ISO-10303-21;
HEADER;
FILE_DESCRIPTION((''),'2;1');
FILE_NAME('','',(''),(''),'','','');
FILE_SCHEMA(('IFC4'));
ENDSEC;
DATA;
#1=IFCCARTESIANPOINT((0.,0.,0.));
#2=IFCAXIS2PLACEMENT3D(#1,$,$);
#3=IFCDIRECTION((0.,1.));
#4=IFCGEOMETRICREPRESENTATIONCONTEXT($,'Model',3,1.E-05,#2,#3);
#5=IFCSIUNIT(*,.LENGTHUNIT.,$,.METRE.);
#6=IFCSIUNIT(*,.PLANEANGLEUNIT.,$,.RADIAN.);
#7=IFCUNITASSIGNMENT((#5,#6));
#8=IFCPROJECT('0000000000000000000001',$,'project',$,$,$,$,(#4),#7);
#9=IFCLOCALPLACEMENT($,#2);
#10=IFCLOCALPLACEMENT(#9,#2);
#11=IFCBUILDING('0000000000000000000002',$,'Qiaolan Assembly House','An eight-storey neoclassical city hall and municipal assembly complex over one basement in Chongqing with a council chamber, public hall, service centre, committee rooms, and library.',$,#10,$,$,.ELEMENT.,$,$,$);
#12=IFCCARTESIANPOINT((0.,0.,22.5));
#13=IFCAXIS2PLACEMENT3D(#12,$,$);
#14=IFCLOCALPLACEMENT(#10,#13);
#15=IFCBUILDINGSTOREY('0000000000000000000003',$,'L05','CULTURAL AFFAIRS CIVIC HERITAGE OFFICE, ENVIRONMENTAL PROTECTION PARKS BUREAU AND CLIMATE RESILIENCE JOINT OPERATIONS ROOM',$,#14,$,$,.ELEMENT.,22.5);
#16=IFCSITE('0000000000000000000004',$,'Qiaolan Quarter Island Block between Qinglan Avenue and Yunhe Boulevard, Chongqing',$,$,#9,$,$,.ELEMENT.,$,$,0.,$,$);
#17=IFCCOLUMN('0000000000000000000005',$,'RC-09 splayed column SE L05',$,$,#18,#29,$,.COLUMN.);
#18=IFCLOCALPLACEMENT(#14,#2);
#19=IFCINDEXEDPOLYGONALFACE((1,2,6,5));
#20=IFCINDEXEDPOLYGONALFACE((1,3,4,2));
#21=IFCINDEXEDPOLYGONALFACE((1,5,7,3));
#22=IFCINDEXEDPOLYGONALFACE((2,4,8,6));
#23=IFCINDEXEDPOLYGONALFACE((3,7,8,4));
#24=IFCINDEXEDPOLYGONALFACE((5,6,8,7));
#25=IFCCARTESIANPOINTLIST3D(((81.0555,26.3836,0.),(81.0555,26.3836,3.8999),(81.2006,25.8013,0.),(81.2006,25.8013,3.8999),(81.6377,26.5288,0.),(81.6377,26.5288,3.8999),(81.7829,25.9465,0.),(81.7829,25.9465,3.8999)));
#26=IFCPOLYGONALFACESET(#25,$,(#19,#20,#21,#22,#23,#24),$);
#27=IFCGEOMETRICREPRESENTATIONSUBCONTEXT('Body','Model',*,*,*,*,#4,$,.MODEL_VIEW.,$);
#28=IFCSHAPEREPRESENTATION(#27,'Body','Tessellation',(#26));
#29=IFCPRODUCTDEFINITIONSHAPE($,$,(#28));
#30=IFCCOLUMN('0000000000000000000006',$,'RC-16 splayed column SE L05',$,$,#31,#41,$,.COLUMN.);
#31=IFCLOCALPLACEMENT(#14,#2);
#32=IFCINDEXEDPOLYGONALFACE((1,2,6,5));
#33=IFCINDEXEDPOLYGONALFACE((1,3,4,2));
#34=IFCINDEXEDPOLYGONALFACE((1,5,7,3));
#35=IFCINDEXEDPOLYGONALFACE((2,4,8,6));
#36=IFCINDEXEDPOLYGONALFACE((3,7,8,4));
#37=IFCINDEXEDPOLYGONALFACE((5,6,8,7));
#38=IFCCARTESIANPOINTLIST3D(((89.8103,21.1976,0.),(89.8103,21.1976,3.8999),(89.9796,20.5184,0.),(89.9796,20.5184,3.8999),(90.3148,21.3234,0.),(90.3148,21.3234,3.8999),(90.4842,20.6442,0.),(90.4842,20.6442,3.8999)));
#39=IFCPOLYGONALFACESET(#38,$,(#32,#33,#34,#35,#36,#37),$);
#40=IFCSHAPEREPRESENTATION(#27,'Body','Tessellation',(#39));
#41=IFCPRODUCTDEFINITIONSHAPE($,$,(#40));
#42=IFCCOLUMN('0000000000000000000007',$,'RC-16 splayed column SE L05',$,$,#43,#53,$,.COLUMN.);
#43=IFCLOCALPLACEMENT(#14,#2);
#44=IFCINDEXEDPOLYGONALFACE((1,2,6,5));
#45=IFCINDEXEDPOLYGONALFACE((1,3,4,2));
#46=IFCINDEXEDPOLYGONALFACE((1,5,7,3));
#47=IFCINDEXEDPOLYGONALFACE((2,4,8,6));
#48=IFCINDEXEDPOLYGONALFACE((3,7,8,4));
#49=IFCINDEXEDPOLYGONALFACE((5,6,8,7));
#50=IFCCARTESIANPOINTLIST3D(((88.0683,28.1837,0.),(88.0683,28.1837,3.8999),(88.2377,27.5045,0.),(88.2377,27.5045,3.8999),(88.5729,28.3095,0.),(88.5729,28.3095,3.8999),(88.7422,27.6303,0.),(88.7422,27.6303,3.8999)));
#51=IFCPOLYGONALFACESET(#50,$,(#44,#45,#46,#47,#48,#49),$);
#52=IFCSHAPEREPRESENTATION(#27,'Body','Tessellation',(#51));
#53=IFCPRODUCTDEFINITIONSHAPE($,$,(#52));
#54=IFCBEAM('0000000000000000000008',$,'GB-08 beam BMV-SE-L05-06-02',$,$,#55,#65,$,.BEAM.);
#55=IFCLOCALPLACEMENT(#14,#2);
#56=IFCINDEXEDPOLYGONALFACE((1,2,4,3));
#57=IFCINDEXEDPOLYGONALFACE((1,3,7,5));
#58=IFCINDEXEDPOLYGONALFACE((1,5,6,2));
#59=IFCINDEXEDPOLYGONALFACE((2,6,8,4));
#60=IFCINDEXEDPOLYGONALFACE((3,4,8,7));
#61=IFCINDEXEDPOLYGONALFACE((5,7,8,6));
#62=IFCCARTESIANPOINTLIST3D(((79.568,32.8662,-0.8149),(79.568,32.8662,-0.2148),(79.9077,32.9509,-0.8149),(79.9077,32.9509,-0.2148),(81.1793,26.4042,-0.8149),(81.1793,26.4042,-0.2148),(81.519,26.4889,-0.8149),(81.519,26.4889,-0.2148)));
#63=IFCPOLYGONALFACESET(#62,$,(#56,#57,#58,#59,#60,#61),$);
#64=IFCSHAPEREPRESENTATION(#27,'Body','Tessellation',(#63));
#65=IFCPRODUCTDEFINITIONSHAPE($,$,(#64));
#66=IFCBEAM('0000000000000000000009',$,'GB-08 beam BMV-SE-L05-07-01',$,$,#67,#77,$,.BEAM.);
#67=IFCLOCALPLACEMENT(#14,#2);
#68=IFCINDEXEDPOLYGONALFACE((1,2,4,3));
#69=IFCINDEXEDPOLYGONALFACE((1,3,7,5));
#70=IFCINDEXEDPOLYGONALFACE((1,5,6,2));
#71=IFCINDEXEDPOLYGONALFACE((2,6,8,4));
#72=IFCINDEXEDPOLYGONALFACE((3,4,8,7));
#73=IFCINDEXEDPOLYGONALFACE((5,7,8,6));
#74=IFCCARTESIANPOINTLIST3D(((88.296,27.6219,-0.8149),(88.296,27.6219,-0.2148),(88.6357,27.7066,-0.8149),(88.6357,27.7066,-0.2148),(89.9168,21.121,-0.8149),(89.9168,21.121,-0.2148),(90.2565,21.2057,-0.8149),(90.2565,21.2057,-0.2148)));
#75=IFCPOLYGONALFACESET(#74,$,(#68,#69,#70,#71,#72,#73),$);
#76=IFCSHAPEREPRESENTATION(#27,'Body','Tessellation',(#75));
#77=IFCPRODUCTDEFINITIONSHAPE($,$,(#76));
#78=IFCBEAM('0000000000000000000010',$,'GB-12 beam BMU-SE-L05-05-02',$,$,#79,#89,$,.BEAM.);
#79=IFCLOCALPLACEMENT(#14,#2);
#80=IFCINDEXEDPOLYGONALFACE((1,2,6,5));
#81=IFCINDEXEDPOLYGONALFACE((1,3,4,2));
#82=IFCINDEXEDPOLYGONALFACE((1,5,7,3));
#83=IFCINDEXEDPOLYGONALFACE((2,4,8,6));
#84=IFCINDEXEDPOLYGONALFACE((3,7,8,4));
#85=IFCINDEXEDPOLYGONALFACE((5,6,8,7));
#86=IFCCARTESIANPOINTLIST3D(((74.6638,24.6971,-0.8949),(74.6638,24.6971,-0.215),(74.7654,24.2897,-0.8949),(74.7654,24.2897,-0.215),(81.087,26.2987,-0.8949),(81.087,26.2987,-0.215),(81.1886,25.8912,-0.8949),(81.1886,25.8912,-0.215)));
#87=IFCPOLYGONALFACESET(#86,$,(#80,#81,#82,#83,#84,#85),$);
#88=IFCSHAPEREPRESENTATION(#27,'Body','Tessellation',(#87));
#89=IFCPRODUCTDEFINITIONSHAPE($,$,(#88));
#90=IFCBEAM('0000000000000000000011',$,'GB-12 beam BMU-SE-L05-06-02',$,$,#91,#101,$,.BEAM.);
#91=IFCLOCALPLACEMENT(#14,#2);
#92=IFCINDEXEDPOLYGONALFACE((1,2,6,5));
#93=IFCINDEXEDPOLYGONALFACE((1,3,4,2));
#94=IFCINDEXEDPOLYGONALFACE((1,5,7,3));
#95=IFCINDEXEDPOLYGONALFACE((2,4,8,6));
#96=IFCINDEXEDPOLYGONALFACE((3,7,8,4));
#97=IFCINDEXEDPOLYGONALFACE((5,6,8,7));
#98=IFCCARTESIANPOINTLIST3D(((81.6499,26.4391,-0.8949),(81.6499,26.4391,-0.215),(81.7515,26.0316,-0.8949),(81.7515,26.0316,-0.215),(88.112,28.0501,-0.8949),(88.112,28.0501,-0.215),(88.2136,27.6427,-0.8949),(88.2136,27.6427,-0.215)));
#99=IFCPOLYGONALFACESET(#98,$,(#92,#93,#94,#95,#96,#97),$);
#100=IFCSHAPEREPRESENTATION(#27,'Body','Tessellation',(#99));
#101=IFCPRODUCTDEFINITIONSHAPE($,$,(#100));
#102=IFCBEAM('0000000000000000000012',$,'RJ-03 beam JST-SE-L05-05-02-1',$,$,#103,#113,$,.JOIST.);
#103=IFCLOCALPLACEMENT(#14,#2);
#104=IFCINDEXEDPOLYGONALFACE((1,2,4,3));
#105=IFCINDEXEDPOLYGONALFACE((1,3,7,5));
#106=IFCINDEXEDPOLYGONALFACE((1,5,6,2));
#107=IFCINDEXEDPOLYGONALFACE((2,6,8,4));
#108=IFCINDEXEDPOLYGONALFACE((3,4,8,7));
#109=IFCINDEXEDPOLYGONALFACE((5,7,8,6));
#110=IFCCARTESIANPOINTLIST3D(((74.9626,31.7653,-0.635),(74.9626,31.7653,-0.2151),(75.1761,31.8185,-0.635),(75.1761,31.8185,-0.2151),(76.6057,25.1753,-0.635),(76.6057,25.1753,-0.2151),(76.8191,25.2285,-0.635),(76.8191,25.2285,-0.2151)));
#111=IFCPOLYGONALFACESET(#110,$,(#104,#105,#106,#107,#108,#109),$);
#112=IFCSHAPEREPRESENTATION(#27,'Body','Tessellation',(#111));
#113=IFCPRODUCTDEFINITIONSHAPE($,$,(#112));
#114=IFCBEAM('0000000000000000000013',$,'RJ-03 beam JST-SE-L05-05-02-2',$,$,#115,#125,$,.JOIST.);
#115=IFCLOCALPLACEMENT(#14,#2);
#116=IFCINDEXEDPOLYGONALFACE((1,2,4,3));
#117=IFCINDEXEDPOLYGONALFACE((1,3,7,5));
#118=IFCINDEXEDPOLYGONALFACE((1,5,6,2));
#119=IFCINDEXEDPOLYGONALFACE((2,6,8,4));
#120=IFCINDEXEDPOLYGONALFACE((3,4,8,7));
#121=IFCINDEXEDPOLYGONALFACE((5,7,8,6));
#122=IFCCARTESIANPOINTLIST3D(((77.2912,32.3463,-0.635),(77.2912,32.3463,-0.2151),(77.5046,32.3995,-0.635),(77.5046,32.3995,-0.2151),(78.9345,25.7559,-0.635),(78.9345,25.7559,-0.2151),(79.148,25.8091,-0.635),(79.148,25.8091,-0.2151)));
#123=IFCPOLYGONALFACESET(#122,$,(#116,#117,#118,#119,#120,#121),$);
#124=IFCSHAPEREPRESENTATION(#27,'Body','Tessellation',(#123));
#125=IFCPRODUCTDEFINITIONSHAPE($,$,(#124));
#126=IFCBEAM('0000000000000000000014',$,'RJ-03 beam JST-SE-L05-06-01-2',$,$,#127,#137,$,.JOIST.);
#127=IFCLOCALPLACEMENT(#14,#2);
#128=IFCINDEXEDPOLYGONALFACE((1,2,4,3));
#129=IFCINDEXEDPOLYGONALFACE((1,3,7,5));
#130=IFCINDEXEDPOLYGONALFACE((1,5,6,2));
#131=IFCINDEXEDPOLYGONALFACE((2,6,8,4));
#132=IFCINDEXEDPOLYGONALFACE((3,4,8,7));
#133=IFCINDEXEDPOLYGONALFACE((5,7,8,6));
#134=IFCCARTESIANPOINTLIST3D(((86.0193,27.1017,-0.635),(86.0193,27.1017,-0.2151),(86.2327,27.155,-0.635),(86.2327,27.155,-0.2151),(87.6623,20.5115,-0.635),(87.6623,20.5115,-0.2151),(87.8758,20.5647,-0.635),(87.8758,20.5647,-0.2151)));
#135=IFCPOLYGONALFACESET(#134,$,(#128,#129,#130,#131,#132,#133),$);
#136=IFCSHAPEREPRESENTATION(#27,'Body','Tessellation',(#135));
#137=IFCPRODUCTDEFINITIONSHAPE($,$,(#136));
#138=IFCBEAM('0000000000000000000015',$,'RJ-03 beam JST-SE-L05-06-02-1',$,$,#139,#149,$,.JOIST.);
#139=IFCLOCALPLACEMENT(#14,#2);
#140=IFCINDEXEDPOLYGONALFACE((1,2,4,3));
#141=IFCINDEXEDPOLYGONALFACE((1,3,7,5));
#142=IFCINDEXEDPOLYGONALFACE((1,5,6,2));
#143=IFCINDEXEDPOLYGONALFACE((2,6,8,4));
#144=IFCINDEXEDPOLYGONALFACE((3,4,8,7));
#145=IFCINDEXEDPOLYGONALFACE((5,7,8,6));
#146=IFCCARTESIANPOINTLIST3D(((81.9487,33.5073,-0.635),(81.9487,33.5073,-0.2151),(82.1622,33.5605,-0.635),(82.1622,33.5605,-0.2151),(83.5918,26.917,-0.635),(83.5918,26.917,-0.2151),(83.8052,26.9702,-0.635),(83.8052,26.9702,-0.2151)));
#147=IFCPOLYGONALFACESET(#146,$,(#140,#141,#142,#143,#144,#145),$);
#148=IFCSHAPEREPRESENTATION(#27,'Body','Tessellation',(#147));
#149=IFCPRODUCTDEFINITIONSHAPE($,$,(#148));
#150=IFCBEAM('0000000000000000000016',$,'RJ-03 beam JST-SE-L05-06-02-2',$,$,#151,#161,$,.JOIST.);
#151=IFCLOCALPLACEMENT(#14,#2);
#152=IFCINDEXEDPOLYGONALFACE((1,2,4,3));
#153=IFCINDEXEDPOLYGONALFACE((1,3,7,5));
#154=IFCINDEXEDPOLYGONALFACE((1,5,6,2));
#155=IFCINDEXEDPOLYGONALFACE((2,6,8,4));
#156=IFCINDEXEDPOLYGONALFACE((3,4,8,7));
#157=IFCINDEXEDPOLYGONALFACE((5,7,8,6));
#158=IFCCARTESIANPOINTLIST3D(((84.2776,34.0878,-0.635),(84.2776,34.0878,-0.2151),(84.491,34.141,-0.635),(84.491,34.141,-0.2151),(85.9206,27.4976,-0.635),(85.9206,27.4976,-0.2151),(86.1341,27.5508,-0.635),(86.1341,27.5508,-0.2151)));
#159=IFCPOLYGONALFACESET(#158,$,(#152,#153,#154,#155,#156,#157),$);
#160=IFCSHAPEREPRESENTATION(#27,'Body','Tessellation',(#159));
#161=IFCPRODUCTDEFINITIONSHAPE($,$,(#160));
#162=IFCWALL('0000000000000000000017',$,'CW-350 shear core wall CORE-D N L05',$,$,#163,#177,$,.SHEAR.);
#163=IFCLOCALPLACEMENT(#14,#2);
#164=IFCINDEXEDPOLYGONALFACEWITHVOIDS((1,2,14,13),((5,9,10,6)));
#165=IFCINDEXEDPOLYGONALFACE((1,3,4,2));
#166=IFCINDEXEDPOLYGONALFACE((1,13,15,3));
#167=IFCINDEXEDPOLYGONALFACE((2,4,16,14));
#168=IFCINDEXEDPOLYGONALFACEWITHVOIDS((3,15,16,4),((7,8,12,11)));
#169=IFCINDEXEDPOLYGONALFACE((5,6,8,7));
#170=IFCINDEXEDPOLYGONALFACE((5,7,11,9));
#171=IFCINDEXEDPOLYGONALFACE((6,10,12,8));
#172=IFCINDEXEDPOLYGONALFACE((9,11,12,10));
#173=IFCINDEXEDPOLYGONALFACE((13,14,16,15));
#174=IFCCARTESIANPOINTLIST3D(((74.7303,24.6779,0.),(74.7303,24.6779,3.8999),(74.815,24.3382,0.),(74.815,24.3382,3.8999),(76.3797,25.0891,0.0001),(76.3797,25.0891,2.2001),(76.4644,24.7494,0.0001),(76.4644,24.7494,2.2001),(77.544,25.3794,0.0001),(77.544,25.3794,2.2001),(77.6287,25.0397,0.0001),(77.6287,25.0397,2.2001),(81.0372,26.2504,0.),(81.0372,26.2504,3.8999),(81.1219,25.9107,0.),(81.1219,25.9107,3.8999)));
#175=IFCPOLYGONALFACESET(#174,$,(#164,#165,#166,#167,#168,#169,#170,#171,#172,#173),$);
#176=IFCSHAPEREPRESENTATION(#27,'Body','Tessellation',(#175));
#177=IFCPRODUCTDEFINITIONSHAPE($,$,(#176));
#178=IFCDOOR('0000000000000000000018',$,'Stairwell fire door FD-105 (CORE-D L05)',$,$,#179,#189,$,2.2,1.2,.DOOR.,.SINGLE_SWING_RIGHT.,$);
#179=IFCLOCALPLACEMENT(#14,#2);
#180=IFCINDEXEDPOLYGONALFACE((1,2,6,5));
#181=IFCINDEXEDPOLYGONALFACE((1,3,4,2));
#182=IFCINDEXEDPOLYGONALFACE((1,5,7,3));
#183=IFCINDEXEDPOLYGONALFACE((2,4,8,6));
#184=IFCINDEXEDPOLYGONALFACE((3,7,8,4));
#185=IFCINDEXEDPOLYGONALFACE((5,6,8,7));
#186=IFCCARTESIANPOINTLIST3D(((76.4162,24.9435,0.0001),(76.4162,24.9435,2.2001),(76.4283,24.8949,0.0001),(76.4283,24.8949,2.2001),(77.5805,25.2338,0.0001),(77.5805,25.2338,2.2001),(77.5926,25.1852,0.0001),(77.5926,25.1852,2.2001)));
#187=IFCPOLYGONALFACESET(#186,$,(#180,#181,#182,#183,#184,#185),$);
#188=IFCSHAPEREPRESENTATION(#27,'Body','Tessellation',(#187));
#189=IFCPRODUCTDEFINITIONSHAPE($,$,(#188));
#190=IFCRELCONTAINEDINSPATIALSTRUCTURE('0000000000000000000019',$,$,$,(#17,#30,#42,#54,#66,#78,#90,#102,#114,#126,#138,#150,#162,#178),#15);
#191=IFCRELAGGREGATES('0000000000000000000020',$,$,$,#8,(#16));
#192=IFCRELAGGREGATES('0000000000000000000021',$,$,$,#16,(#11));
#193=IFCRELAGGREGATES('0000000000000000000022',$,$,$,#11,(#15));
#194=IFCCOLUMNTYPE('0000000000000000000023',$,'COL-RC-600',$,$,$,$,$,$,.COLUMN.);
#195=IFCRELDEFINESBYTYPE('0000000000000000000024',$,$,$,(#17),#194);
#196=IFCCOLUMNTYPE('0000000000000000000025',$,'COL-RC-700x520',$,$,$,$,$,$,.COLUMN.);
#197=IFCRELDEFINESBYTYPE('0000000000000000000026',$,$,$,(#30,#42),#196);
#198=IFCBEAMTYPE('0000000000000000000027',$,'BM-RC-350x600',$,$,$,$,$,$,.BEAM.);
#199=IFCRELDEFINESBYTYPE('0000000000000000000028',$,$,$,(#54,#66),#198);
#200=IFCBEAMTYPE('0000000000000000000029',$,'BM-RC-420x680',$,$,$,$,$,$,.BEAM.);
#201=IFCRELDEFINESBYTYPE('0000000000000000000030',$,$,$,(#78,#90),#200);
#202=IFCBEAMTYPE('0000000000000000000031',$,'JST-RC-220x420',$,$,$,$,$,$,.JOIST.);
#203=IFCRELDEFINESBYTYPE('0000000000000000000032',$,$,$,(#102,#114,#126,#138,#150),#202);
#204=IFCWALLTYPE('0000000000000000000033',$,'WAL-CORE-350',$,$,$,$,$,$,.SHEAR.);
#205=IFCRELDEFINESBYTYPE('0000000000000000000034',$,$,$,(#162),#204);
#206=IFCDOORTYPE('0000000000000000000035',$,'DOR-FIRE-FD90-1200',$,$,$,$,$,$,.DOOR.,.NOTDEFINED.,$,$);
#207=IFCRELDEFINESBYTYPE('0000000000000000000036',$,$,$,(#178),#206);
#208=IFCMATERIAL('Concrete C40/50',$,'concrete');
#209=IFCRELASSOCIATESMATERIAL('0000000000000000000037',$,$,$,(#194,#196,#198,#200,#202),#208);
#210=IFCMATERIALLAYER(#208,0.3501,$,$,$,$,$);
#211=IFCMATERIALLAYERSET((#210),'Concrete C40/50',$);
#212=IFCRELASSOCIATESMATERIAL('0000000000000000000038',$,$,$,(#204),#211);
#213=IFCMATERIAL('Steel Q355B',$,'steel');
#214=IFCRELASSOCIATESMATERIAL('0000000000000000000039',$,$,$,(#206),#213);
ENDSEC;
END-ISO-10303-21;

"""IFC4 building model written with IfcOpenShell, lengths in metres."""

from ifc_helpers import new_model, si_unit, direction, frame, frame_2d, origin, origin_2d, place, context, subcontext, project, spatial, rectangle, extrude, material, layer, layer_set, material_profile, profile_set, type_object, element, fill, save


model = new_model("IFC4")

# Units and contexts
model_context = context("Model", 3, precision=1e-05, world=origin(), true_north=direction((0.0, 1.0)))
body_context = subcontext(model_context, "Body", "Model", "MODEL_VIEW")
ifc_project = project(units=[si_unit("LENGTHUNIT", "METRE"), si_unit("PLANEANGLEUNIT", "RADIAN")], contexts=[model_context])

# Site, building, storey
site_placement = place(None, origin())
site = spatial("IfcSite", under=ifc_project, at=site_placement, Name="Qiaolan Quarter Island Block between Qinglan Avenue and Yunhe Boulevard, Chongqing", CompositionType="ELEMENT", RefElevation=0.0)
building_placement = place(site_placement, origin())
building = spatial("IfcBuilding", under=site, at=building_placement, Name="Qiaolan Assembly House", Description="An eight-storey neoclassical city hall and municipal assembly complex over one basement in Chongqing with a council chamber, public hall, service centre, committee rooms, and library.", CompositionType="ELEMENT")
storey_placement = place(building_placement, frame((0.0, 0.0, 22.5)))
storey = spatial("IfcBuildingStorey", under=building, at=storey_placement, Name="L05", Description="CULTURAL AFFAIRS CIVIC HERITAGE OFFICE, ENVIRONMENTAL PROTECTION PARKS BUREAU AND CLIMATE RESILIENCE JOINT OPERATIONS ROOM", CompositionType="ELEMENT", Elevation=22.5)

# Columns
ifc_material_1 = material(Name="Concrete C40/50", Category="concrete")
ifc_material_profile_1 = material_profile(ifc_material_1, rectangle(XDim=0.6001, YDim=0.6001, at=origin_2d()), Name="RC 600x600")
ifc_profile_set_1 = profile_set([ifc_material_profile_1], Name="Concrete C40/50")
column_type_1 = type_object("IfcColumnType", Name="COL-RC-600", PredefinedType="COLUMN", material=ifc_profile_set_1)
column_placement = place(storey_placement, frame((81.4192, 26.165, 0.0), z_axis=(0.0, 0.0, 1.0), x_axis=(0.970296, 0.241922, 0.0)))
element("IfcColumn", 1, at=column_placement, inside=storey, type_object=column_type_1, Name="RC-09 splayed column SE L05", PredefinedType="COLUMN", context=body_context, shape_type="SweptSolid", body=[
    extrude(rectangle(XDim=0.6001, YDim=0.6001, at=origin_2d()), origin(), (0.0, 0.0, 1.0), 3.8999),
])
ifc_material_profile_2 = material_profile(ifc_material_1, rectangle(XDim=0.52, YDim=0.7, at=origin_2d()), Name="RC 700x520")
ifc_profile_set_2 = profile_set([ifc_material_profile_2], Name="Concrete C40/50")
column_type_2 = type_object("IfcColumnType", Name="COL-RC-700x520", PredefinedType="COLUMN", material=ifc_profile_set_2)
for number, where, z_axis, x_axis, name in (
    (2, (90.1472, 20.9209, 0.0), (0.0, 0.0, 1.0), (0.970296, 0.241922, 0.0), "RC-16 splayed column SE L05"),
    (3, (88.4053, 27.907, 0.0), (0.0, 0.0, 1.0), (0.970296, 0.241922, 0.0), "RC-16 splayed column SE L05"),
):
    element("IfcColumn", number, at=place(storey_placement, frame(where, z_axis=z_axis, x_axis=x_axis)), inside=storey, type_object=column_type_2, Name=name, PredefinedType="COLUMN", context=body_context, shape_type="SweptSolid", body=[
        extrude(rectangle(XDim=0.52, YDim=0.7, at=origin_2d()), origin(), (0.0, 0.0, 1.0), 3.8999),
    ])

# Beams
ifc_material_profile_3 = material_profile(ifc_material_1, rectangle(XDim=0.3501, YDim=0.6001, at=origin_2d()), Name="RCB 350x600")
ifc_profile_set_3 = profile_set([ifc_material_profile_3], Name="Concrete C40/50")
beam_type_1 = type_object("IfcBeamType", Name="BM-RC-350x600", PredefinedType="BEAM", material=ifc_profile_set_3)
beam_1_placement = place(storey_placement, frame((81.3491, 26.4465, -0.5149), z_axis=(-0.24194, 0.970291, 0.0), x_axis=(-0.970291, -0.24194, 0.0)))
element("IfcBeam", 4, at=beam_1_placement, inside=storey, type_object=beam_type_1, Name="GB-08 beam BMV-SE-L05-06-02", PredefinedType="BEAM", context=body_context, shape_type="SweptSolid", body=[
    extrude(rectangle(XDim=0.3501, YDim=0.6001, at=origin_2d()), origin(), (0.0, 0.0, 1.0), 6.6599),
])
beam_2_placement = place(storey_placement, frame((90.0867, 21.1633, -0.5149), z_axis=(-0.241918, 0.970297, 0.0), x_axis=(-0.970297, -0.241918, 0.0)))
element("IfcBeam", 5, at=beam_2_placement, inside=storey, type_object=beam_type_1, Name="GB-08 beam BMV-SE-L05-07-01", PredefinedType="BEAM", context=body_context, shape_type="SweptSolid", body=[
    extrude(rectangle(XDim=0.3501, YDim=0.6001, at=origin_2d()), origin(), (0.0, 0.0, 1.0), 6.7),
])
ifc_material_profile_4 = material_profile(ifc_material_1, rectangle(XDim=0.4199, YDim=0.6799, at=origin_2d()), Name="RCB 420x680")
ifc_profile_set_4 = profile_set([ifc_material_profile_4], Name="Concrete C40/50")
beam_type_2 = type_object("IfcBeamType", Name="BM-RC-420x680", PredefinedType="BEAM", material=ifc_profile_set_4)
beam_3_placement = place(storey_placement, frame((74.7146, 24.4934, -0.5549), z_axis=(0.970294, 0.241928, 0.0), x_axis=(-0.241928, 0.970294, 0.0)))
element("IfcBeam", 6, at=beam_3_placement, inside=storey, type_object=beam_type_2, Name="GB-12 beam BMU-SE-L05-05-02", PredefinedType="BEAM", context=body_context, shape_type="SweptSolid", body=[
    extrude(rectangle(XDim=0.4199, YDim=0.6799, at=origin_2d()), origin(), (0.0, 0.0, 1.0), 6.6199),
])
beam_4_placement = place(storey_placement, frame((81.7007, 26.2354, -0.5549), z_axis=(0.9703, 0.241906, 0.0), x_axis=(-0.241906, 0.9703, 0.0)))
element("IfcBeam", 7, at=beam_4_placement, inside=storey, type_object=beam_type_2, Name="GB-12 beam BMU-SE-L05-06-02", PredefinedType="BEAM", context=body_context, shape_type="SweptSolid", body=[
    extrude(rectangle(XDim=0.4199, YDim=0.6799, at=origin_2d()), origin(), (0.0, 0.0, 1.0), 6.6599),
])
ifc_material_profile_5 = material_profile(ifc_material_1, rectangle(XDim=0.22, YDim=0.4199, at=origin_2d()), Name="RCB 220x420")
ifc_profile_set_5 = profile_set([ifc_material_profile_5], Name="Concrete C40/50")
beam_type_3 = type_object("IfcBeamType", Name="JST-RC-220x420", PredefinedType="JOIST", material=ifc_profile_set_5)
beam_5_placement = place(storey_placement, frame((76.7124, 25.2019, -0.425), z_axis=(-0.241918, 0.970297, 0.0), x_axis=(-0.970297, -0.241918, 0.0)))
element("IfcBeam", 8, at=beam_5_placement, inside=storey, type_object=beam_type_3, Name="RJ-03 beam JST-SE-L05-05-02-1", PredefinedType="JOIST", context=body_context, shape_type="SweptSolid", body=[
    extrude(rectangle(XDim=0.22, YDim=0.4199, at=origin_2d()), origin(), (0.0, 0.0, 1.0), 6.7917),
])
beam_6_placement = place(storey_placement, frame((79.0413, 25.7825, -0.425), z_axis=(-0.241944, 0.97029, 0.0), x_axis=(-0.97029, -0.241944, 0.0)))
element("IfcBeam", 9, at=beam_6_placement, inside=storey, type_object=beam_type_3, Name="RJ-03 beam JST-SE-L05-05-02-2", PredefinedType="JOIST", context=body_context, shape_type="SweptSolid", body=[
    extrude(rectangle(XDim=0.22, YDim=0.4199, at=origin_2d()), origin(), (0.0, 0.0, 1.0), 6.7922),
])
for number, where, z_axis, x_axis, name in (
    (10, (87.769, 20.5381, -0.425), (-0.24191, 0.970299, 0.0), (-0.970299, -0.24191, 0.0), "RJ-03 beam JST-SE-L05-06-01-2"),
    (11, (83.6985, 26.9436, -0.425), (-0.24191, 0.970299, 0.0), (-0.970299, -0.24191, 0.0), "RJ-03 beam JST-SE-L05-06-02-1"),
    (12, (86.0273, 27.5242, -0.425), (-0.24191, 0.970299, 0.0), (-0.970299, -0.24191, 0.0), "RJ-03 beam JST-SE-L05-06-02-2"),
):
    element("IfcBeam", number, at=place(storey_placement, frame(where, z_axis=z_axis, x_axis=x_axis)), inside=storey, type_object=beam_type_3, Name=name, PredefinedType="JOIST", context=body_context, shape_type="SweptSolid", body=[
        extrude(rectangle(XDim=0.22, YDim=0.4199, at=origin_2d()), origin(), (0.0, 0.0, 1.0), 6.792),
    ])

# Wall, opening, door
ifc_layer_1 = layer(ifc_material_1, 0.3501)
ifc_layer_set_1 = layer_set([ifc_layer_1], Name="Concrete C40/50")
wall_type_1 = type_object("IfcWallType", Name="WAL-CORE-350", PredefinedType="SHEAR", material=ifc_layer_set_1)
wall_1_placement = place(storey_placement, frame((81.0796, 26.0806, 0.0), z_axis=(0.0, 0.0, 1.0), x_axis=(-0.970295, -0.241926, 0.0)))
wall_1 = element("IfcWall", 13, at=wall_1_placement, inside=storey, type_object=wall_type_1, Name="CW-350 shear core wall CORE-D N L05", PredefinedType="SHEAR", context=body_context, shape_type="SweptSolid", body=[
    extrude(rectangle(XDim=6.5, YDim=0.3501, at=frame_2d((3.25, 0.0))), origin(), (0.0, 0.0, 1.0), 3.8999),
])
opening_1_placement = place(wall_1_placement, frame((3.6001, 0.0, 0.0)))
opening_1 = element("IfcOpeningElement", 14, at=opening_1_placement, cuts=wall_1, PredefinedType="OPENING", context=body_context, shape_type="SweptSolid", body=[
    extrude(rectangle(XDim=1.2, YDim=2.2, at=frame_2d((0.6001, 1.1001))), frame((0.0, 0.1851, 0.0), z_axis=(0.0, -1.0, 0.0), x_axis=(1.0, 0.0, 0.0)), (0.0, 0.0, 1.0), 0.3701),
])
ifc_material_2 = material(Name="Steel Q355B", Category="steel")
door_type_1 = type_object("IfcDoorType", Name="DOR-FIRE-FD90-1200", OperationType="NOTDEFINED", PredefinedType="DOOR", material=ifc_material_2)
door_1_placement = place(opening_1_placement, frame((1.2, 0.0, 0.0), z_axis=(0.0, 0.0, 1.0), x_axis=(-1.0, 0.0, 0.0)))
door_1 = element("IfcDoor", 15, at=door_1_placement, inside=storey, type_object=door_type_1, Name="Stairwell fire door FD-105 (CORE-D L05)", OperationType="SINGLE_SWING_RIGHT", OverallHeight=2.2, OverallWidth=1.2, PredefinedType="DOOR", context=body_context, shape_type="SweptSolid", body=[
    extrude(rectangle(XDim=1.2, YDim=2.2, at=frame_2d((0.6001, 1.1001))), frame((0.0, 0.0249, 0.0), z_axis=(0.0, -1.0, 0.0), x_axis=(1.0, 0.0, 0.0)), (0.0, 0.0, 1.0), 0.05),
])
fill(opening_1, door_1)

save(model, "model.ifc")
